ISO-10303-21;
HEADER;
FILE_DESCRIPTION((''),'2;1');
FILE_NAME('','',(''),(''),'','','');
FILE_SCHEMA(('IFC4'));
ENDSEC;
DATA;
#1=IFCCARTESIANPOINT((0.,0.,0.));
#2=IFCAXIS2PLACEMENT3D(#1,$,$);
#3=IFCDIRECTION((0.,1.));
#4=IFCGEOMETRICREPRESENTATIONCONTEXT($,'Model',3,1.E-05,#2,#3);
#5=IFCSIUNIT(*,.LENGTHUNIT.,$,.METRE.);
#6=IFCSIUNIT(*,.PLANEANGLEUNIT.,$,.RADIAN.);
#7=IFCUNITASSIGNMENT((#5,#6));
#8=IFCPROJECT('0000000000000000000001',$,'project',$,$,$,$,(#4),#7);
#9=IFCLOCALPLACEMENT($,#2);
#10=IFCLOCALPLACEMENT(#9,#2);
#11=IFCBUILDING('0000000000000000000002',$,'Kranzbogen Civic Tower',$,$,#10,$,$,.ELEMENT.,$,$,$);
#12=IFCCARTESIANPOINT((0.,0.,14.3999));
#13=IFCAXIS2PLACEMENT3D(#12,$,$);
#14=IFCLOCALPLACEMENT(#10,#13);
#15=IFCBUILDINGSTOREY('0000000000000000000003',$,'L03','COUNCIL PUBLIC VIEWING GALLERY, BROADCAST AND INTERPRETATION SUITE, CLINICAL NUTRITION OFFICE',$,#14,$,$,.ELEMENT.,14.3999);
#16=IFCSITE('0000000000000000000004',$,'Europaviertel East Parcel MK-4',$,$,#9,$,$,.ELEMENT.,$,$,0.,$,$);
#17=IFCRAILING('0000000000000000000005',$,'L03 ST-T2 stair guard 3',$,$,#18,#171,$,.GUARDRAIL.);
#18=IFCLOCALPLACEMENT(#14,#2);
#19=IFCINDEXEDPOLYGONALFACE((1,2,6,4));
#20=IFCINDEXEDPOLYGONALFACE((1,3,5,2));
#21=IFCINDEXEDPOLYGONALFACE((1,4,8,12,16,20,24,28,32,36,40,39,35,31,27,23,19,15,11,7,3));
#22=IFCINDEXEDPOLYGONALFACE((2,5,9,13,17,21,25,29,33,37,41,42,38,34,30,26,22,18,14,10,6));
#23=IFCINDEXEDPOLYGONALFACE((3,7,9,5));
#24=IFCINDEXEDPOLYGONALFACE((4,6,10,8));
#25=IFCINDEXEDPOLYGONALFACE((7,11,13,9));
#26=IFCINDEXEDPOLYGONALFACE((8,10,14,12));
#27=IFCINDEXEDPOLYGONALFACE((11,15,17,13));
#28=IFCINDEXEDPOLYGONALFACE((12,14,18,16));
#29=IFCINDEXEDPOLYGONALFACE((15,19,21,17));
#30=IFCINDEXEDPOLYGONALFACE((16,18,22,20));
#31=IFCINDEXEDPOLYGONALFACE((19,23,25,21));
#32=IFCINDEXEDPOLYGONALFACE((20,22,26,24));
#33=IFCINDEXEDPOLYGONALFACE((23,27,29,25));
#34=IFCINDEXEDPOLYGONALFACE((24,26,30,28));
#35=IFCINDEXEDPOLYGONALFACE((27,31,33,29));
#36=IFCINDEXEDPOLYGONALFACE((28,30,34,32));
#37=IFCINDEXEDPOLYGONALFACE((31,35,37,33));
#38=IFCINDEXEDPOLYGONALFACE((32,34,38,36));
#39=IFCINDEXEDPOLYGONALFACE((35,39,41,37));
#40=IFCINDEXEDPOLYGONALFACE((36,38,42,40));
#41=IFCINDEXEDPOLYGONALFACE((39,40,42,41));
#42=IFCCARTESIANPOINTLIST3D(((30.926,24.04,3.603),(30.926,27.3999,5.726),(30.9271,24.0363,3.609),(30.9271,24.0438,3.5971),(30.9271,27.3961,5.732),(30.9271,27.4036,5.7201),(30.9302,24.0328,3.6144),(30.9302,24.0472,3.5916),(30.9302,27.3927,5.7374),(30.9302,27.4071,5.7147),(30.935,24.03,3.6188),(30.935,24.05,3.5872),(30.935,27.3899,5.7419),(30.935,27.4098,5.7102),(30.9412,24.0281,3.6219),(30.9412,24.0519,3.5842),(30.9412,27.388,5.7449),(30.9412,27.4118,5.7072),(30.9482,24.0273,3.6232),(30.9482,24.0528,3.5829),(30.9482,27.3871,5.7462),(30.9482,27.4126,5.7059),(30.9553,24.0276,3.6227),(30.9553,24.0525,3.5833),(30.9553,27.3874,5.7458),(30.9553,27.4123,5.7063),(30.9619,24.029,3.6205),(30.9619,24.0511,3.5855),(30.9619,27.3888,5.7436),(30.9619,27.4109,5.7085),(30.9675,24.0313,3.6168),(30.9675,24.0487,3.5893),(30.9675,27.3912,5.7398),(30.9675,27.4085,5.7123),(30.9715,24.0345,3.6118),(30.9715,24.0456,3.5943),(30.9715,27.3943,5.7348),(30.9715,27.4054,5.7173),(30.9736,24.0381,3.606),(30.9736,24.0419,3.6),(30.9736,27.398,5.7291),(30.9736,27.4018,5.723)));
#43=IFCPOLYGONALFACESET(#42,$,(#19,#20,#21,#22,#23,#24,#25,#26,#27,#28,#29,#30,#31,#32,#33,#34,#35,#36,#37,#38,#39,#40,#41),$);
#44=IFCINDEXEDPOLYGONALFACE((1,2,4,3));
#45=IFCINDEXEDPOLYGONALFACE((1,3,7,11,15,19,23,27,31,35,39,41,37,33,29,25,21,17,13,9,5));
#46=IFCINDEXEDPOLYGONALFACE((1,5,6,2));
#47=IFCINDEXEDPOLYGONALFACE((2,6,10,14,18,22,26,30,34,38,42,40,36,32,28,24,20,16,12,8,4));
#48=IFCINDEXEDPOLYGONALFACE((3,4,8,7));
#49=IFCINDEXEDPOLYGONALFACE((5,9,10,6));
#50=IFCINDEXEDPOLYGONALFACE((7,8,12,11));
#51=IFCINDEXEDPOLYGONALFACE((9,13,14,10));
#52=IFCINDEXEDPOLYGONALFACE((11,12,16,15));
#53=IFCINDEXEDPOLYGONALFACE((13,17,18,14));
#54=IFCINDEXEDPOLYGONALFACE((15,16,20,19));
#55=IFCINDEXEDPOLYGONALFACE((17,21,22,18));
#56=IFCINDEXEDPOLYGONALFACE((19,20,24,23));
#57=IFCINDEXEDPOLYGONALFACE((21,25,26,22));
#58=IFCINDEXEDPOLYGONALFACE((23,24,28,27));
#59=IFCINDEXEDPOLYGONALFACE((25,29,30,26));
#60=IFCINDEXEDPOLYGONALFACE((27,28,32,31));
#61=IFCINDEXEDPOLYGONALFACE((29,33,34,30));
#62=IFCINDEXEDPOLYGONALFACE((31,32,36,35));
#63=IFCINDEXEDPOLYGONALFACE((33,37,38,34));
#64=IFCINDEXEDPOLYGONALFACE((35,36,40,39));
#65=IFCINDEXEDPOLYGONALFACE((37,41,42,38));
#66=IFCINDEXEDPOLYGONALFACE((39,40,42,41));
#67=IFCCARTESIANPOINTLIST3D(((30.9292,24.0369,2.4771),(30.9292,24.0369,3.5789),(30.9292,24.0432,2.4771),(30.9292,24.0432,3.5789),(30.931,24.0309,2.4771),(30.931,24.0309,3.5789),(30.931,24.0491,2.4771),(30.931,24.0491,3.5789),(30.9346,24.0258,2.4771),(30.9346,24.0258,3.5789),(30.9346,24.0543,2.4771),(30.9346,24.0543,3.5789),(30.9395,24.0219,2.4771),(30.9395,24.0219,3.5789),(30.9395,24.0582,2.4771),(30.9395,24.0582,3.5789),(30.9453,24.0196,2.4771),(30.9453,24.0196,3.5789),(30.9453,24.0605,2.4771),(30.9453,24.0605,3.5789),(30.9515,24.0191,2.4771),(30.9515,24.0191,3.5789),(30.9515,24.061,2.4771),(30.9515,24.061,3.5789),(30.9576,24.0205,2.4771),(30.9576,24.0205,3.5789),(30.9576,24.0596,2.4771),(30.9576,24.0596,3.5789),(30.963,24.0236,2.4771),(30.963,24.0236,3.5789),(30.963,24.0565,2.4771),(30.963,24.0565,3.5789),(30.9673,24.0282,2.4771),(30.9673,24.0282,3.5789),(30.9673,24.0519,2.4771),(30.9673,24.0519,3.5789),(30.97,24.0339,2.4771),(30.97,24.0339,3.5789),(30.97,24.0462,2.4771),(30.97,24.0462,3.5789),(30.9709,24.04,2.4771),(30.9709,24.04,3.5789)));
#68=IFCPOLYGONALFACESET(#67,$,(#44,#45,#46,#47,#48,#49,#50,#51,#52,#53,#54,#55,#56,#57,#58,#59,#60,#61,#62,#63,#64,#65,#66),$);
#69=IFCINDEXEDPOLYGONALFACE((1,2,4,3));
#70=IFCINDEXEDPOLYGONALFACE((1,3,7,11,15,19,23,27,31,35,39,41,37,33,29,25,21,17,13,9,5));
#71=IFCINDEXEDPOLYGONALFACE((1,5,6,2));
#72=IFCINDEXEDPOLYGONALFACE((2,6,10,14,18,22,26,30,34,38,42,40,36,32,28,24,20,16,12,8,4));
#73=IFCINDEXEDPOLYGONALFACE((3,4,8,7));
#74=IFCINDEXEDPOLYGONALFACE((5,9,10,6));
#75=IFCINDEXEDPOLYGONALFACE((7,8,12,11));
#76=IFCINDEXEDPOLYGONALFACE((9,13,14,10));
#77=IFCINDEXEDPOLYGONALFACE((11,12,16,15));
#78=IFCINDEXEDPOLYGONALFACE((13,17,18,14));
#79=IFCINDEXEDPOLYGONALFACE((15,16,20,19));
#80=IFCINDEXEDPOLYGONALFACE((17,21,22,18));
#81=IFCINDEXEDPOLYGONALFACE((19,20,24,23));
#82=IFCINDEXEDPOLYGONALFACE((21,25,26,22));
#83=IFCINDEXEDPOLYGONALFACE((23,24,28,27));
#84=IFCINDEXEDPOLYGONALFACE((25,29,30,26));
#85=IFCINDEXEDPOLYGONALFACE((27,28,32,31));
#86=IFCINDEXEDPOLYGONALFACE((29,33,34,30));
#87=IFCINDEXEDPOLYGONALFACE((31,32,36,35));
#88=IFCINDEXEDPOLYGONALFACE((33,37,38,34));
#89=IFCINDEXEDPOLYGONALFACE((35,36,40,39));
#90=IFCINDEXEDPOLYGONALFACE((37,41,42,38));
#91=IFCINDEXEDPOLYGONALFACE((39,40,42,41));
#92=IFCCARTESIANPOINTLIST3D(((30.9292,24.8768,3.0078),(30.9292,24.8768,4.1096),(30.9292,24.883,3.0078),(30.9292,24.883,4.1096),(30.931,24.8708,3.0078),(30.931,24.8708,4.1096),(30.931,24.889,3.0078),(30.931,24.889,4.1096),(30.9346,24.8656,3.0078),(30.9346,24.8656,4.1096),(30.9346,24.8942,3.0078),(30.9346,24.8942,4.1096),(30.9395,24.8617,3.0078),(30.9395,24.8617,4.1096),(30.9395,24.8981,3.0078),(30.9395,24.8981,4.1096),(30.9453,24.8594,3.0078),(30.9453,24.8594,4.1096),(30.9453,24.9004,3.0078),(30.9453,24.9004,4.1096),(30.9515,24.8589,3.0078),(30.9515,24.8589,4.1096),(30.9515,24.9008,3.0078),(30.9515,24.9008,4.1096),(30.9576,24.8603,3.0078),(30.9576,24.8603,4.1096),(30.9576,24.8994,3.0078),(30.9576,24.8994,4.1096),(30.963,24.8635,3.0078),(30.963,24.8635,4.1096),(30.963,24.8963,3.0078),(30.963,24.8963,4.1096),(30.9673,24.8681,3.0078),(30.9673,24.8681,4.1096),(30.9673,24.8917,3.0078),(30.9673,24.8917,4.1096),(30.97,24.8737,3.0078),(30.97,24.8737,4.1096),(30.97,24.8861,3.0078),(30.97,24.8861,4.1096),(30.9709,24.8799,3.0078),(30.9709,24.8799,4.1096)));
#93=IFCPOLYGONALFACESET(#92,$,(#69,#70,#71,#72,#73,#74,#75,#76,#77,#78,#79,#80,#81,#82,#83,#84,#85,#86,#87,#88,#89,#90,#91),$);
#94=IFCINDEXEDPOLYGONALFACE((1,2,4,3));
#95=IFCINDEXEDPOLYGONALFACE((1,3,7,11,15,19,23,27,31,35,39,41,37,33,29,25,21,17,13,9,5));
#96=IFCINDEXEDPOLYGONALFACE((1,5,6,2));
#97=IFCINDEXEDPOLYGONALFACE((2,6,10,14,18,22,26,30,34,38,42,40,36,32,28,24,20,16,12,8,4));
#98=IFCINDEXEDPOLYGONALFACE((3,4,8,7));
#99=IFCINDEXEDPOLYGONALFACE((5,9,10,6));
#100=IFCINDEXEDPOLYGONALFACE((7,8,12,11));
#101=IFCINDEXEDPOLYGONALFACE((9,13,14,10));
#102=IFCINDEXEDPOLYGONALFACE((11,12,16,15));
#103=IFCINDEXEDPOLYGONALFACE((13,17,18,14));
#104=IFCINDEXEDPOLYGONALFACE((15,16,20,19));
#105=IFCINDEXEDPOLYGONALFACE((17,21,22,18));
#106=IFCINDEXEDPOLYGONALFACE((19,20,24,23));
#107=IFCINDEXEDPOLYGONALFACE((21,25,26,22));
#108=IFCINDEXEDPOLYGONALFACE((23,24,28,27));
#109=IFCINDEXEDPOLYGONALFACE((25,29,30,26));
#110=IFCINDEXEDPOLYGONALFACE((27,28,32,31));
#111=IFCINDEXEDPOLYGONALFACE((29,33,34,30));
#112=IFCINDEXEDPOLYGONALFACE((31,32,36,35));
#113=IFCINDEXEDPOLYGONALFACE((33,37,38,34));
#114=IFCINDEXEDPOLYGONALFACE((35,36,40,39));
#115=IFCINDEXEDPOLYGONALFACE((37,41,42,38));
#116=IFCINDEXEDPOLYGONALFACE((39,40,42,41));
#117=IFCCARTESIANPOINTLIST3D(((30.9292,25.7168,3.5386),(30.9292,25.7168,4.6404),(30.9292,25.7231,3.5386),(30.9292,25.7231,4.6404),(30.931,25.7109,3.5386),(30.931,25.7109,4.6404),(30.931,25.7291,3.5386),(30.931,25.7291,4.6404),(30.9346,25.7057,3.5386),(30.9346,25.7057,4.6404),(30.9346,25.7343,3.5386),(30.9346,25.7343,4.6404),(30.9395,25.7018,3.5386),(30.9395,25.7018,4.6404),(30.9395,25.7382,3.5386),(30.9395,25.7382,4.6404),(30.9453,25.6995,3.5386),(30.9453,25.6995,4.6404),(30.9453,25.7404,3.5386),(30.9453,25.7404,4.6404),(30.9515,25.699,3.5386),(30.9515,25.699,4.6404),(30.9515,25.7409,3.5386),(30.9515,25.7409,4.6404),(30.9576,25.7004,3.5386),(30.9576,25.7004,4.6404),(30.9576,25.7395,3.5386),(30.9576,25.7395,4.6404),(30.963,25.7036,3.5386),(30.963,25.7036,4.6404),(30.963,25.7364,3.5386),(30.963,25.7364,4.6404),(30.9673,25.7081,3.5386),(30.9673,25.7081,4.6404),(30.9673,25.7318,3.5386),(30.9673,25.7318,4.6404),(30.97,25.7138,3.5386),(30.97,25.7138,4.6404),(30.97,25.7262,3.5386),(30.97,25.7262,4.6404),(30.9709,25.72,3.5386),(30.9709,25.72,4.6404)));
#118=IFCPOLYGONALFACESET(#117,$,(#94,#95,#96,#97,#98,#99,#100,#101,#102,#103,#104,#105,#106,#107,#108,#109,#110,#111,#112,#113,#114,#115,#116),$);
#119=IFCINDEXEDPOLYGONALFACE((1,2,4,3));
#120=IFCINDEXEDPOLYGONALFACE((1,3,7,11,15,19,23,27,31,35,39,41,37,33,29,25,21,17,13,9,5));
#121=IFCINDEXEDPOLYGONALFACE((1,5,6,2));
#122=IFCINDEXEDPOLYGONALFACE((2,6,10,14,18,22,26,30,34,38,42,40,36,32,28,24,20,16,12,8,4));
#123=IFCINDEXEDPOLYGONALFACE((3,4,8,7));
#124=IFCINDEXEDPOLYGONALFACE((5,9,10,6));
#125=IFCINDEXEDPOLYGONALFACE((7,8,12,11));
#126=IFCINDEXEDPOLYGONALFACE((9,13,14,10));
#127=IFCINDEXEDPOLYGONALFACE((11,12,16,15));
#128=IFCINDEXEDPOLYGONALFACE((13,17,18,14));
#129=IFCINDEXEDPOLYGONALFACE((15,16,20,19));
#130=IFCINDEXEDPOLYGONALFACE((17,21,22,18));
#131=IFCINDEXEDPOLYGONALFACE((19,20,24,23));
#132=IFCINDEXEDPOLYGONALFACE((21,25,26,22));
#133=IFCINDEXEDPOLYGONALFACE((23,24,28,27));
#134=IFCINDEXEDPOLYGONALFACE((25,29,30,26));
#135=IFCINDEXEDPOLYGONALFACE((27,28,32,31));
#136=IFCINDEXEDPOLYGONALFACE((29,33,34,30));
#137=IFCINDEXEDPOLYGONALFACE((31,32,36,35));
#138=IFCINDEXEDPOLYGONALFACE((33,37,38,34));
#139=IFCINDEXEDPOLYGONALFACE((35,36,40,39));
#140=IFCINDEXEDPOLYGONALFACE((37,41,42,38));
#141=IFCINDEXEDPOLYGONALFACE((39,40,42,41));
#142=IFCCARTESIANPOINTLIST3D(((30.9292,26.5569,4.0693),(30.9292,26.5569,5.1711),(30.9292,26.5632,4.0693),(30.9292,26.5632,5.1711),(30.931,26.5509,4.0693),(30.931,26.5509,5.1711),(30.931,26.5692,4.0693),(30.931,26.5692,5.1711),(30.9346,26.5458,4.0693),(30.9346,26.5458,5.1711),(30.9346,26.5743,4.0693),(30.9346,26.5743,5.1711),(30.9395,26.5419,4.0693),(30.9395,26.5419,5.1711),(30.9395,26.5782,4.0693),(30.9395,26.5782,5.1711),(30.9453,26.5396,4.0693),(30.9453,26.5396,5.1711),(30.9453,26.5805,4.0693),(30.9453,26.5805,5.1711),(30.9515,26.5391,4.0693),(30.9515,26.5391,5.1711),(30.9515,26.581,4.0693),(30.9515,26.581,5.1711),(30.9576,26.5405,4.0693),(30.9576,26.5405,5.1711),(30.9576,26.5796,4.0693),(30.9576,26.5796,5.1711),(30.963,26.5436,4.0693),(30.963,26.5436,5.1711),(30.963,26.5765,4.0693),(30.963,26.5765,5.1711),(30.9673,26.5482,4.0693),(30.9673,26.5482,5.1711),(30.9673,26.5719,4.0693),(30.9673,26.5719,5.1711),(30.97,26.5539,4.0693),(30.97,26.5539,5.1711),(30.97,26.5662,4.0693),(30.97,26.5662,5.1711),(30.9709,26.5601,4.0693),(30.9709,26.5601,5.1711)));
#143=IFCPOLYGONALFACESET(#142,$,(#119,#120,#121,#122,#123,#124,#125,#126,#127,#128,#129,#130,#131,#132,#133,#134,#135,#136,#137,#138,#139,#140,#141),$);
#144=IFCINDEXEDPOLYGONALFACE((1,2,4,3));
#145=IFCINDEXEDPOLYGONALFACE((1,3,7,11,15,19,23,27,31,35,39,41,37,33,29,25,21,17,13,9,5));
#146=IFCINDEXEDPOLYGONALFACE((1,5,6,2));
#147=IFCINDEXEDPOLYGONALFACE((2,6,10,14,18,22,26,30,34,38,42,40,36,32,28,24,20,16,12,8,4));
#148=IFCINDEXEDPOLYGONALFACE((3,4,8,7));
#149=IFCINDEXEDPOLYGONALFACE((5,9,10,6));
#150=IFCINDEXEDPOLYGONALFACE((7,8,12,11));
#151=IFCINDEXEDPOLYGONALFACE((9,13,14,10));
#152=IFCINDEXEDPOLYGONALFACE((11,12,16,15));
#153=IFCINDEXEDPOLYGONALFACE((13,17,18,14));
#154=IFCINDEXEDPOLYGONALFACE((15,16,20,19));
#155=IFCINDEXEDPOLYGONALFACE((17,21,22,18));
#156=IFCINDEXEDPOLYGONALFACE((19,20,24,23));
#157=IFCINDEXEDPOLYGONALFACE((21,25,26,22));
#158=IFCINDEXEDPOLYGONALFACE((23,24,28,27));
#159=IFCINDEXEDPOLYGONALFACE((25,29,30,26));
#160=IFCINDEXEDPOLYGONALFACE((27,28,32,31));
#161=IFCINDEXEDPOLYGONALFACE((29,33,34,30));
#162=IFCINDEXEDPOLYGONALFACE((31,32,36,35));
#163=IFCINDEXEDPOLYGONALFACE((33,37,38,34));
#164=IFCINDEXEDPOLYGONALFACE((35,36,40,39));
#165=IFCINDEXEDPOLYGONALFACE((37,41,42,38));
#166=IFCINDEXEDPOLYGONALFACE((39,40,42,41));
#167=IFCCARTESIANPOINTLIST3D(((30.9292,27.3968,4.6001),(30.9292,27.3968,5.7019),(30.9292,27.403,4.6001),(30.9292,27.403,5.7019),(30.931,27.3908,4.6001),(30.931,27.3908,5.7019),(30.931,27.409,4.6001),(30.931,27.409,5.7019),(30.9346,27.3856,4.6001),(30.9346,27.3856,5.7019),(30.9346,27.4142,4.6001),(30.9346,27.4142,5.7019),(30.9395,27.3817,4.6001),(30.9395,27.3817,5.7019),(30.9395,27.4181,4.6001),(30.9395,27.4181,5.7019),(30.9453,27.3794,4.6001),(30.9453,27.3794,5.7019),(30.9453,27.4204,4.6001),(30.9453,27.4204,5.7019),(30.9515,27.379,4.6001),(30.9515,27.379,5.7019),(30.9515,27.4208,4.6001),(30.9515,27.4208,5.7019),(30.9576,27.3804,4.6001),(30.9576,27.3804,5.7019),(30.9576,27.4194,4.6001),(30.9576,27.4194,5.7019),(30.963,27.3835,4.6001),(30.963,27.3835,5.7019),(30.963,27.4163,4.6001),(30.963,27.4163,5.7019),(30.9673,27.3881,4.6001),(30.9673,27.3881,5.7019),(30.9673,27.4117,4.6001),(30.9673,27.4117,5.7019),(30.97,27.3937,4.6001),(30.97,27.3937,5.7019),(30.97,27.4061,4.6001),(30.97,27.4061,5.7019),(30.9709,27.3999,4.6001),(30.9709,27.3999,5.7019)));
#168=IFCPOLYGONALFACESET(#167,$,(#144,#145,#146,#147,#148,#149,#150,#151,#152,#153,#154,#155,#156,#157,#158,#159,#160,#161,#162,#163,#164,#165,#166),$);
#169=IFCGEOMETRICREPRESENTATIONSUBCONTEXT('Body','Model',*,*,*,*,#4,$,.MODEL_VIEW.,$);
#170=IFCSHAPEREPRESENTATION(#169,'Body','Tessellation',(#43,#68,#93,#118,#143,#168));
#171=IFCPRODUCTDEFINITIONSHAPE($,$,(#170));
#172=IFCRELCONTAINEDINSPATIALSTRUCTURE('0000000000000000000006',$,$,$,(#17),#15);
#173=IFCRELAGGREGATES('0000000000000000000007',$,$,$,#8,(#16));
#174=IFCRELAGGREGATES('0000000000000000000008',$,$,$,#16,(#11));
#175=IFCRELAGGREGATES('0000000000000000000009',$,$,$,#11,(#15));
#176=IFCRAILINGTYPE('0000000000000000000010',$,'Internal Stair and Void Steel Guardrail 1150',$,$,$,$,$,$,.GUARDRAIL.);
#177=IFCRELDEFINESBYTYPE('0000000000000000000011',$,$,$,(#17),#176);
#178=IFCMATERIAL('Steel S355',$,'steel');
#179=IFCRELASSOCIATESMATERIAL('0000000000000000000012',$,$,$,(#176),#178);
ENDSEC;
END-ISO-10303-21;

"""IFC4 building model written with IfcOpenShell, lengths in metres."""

from ifc_helpers import new_model, si_unit, direction, frame, origin, origin_2d, place, context, subcontext, project, spatial, circle, extrude, material, type_object, element, save


model = new_model("IFC4")

# Units and contexts
model_context = context("Model", 3, precision=1e-05, world=origin(), true_north=direction((0.0, 1.0)))
body_context = subcontext(model_context, "Body", "Model", "MODEL_VIEW")
ifc_project = project(units=[si_unit("LENGTHUNIT", "METRE"), si_unit("PLANEANGLEUNIT", "RADIAN")], contexts=[model_context])

# Site, building, storey
site_placement = place(None, origin())
site = spatial("IfcSite", under=ifc_project, at=site_placement, Name="Europaviertel East Parcel MK-4", CompositionType="ELEMENT", RefElevation=0.0)
building_placement = place(site_placement, origin())
building = spatial("IfcBuilding", under=site, at=building_placement, Name="Kranzbogen Civic Tower", CompositionType="ELEMENT")
storey_placement = place(building_placement, frame((0.0, 0.0, 14.3999)))
storey = spatial("IfcBuildingStorey", under=building, at=storey_placement, Name="L03", Description="COUNCIL PUBLIC VIEWING GALLERY, BROADCAST AND INTERPRETATION SUITE, CLINICAL NUTRITION OFFICE", CompositionType="ELEMENT", Elevation=14.3999)

# Shared definitions
ifc_material_1 = material(Name="Steel S355", Category="steel")

# Railing
railing_type_1 = type_object("IfcRailingType", Name="Internal Stair and Void Steel Guardrail 1150", PredefinedType="GUARDRAIL", material=ifc_material_1)
railing_1_placement = place(storey_placement, frame((30.95, 24.04, 2.4771)))
element("IfcRailing", 1, at=railing_1_placement, inside=storey, type_object=railing_type_1, Name="L03 ST-T2 stair guard 3", PredefinedType="GUARDRAIL", context=body_context, shape_type="SweptSolid", body=[
    extrude(circle(Radius=0.0239, at=origin_2d()), frame((0.0, 0.0, 1.126), z_axis=(0.0, 0.845372, 0.534178), x_axis=(-1.0, 0.0, 0.0)), (0.0, 0.0, 1.0), 3.9744),
    extrude(circle(Radius=0.021, at=origin_2d()), origin(), (0.0, 0.0, 1.0), 1.1018),
    extrude(circle(Radius=0.021, at=origin_2d()), frame((0.0, 0.8398, 0.5308)), (0.0, 0.0, 1.0), 1.1018),
    extrude(circle(Radius=0.021, at=origin_2d()), frame((0.0, 1.6799, 1.0615)), (0.0, 0.0, 1.0), 1.1018),
    extrude(circle(Radius=0.021, at=origin_2d()), frame((0.0, 2.52, 1.5923)), (0.0, 0.0, 1.0), 1.1018),
    extrude(circle(Radius=0.021, at=origin_2d()), frame((0.0, 3.3599, 2.123)), (0.0, 0.0, 1.0), 1.1018),
])

save(model, "model.ifc")
